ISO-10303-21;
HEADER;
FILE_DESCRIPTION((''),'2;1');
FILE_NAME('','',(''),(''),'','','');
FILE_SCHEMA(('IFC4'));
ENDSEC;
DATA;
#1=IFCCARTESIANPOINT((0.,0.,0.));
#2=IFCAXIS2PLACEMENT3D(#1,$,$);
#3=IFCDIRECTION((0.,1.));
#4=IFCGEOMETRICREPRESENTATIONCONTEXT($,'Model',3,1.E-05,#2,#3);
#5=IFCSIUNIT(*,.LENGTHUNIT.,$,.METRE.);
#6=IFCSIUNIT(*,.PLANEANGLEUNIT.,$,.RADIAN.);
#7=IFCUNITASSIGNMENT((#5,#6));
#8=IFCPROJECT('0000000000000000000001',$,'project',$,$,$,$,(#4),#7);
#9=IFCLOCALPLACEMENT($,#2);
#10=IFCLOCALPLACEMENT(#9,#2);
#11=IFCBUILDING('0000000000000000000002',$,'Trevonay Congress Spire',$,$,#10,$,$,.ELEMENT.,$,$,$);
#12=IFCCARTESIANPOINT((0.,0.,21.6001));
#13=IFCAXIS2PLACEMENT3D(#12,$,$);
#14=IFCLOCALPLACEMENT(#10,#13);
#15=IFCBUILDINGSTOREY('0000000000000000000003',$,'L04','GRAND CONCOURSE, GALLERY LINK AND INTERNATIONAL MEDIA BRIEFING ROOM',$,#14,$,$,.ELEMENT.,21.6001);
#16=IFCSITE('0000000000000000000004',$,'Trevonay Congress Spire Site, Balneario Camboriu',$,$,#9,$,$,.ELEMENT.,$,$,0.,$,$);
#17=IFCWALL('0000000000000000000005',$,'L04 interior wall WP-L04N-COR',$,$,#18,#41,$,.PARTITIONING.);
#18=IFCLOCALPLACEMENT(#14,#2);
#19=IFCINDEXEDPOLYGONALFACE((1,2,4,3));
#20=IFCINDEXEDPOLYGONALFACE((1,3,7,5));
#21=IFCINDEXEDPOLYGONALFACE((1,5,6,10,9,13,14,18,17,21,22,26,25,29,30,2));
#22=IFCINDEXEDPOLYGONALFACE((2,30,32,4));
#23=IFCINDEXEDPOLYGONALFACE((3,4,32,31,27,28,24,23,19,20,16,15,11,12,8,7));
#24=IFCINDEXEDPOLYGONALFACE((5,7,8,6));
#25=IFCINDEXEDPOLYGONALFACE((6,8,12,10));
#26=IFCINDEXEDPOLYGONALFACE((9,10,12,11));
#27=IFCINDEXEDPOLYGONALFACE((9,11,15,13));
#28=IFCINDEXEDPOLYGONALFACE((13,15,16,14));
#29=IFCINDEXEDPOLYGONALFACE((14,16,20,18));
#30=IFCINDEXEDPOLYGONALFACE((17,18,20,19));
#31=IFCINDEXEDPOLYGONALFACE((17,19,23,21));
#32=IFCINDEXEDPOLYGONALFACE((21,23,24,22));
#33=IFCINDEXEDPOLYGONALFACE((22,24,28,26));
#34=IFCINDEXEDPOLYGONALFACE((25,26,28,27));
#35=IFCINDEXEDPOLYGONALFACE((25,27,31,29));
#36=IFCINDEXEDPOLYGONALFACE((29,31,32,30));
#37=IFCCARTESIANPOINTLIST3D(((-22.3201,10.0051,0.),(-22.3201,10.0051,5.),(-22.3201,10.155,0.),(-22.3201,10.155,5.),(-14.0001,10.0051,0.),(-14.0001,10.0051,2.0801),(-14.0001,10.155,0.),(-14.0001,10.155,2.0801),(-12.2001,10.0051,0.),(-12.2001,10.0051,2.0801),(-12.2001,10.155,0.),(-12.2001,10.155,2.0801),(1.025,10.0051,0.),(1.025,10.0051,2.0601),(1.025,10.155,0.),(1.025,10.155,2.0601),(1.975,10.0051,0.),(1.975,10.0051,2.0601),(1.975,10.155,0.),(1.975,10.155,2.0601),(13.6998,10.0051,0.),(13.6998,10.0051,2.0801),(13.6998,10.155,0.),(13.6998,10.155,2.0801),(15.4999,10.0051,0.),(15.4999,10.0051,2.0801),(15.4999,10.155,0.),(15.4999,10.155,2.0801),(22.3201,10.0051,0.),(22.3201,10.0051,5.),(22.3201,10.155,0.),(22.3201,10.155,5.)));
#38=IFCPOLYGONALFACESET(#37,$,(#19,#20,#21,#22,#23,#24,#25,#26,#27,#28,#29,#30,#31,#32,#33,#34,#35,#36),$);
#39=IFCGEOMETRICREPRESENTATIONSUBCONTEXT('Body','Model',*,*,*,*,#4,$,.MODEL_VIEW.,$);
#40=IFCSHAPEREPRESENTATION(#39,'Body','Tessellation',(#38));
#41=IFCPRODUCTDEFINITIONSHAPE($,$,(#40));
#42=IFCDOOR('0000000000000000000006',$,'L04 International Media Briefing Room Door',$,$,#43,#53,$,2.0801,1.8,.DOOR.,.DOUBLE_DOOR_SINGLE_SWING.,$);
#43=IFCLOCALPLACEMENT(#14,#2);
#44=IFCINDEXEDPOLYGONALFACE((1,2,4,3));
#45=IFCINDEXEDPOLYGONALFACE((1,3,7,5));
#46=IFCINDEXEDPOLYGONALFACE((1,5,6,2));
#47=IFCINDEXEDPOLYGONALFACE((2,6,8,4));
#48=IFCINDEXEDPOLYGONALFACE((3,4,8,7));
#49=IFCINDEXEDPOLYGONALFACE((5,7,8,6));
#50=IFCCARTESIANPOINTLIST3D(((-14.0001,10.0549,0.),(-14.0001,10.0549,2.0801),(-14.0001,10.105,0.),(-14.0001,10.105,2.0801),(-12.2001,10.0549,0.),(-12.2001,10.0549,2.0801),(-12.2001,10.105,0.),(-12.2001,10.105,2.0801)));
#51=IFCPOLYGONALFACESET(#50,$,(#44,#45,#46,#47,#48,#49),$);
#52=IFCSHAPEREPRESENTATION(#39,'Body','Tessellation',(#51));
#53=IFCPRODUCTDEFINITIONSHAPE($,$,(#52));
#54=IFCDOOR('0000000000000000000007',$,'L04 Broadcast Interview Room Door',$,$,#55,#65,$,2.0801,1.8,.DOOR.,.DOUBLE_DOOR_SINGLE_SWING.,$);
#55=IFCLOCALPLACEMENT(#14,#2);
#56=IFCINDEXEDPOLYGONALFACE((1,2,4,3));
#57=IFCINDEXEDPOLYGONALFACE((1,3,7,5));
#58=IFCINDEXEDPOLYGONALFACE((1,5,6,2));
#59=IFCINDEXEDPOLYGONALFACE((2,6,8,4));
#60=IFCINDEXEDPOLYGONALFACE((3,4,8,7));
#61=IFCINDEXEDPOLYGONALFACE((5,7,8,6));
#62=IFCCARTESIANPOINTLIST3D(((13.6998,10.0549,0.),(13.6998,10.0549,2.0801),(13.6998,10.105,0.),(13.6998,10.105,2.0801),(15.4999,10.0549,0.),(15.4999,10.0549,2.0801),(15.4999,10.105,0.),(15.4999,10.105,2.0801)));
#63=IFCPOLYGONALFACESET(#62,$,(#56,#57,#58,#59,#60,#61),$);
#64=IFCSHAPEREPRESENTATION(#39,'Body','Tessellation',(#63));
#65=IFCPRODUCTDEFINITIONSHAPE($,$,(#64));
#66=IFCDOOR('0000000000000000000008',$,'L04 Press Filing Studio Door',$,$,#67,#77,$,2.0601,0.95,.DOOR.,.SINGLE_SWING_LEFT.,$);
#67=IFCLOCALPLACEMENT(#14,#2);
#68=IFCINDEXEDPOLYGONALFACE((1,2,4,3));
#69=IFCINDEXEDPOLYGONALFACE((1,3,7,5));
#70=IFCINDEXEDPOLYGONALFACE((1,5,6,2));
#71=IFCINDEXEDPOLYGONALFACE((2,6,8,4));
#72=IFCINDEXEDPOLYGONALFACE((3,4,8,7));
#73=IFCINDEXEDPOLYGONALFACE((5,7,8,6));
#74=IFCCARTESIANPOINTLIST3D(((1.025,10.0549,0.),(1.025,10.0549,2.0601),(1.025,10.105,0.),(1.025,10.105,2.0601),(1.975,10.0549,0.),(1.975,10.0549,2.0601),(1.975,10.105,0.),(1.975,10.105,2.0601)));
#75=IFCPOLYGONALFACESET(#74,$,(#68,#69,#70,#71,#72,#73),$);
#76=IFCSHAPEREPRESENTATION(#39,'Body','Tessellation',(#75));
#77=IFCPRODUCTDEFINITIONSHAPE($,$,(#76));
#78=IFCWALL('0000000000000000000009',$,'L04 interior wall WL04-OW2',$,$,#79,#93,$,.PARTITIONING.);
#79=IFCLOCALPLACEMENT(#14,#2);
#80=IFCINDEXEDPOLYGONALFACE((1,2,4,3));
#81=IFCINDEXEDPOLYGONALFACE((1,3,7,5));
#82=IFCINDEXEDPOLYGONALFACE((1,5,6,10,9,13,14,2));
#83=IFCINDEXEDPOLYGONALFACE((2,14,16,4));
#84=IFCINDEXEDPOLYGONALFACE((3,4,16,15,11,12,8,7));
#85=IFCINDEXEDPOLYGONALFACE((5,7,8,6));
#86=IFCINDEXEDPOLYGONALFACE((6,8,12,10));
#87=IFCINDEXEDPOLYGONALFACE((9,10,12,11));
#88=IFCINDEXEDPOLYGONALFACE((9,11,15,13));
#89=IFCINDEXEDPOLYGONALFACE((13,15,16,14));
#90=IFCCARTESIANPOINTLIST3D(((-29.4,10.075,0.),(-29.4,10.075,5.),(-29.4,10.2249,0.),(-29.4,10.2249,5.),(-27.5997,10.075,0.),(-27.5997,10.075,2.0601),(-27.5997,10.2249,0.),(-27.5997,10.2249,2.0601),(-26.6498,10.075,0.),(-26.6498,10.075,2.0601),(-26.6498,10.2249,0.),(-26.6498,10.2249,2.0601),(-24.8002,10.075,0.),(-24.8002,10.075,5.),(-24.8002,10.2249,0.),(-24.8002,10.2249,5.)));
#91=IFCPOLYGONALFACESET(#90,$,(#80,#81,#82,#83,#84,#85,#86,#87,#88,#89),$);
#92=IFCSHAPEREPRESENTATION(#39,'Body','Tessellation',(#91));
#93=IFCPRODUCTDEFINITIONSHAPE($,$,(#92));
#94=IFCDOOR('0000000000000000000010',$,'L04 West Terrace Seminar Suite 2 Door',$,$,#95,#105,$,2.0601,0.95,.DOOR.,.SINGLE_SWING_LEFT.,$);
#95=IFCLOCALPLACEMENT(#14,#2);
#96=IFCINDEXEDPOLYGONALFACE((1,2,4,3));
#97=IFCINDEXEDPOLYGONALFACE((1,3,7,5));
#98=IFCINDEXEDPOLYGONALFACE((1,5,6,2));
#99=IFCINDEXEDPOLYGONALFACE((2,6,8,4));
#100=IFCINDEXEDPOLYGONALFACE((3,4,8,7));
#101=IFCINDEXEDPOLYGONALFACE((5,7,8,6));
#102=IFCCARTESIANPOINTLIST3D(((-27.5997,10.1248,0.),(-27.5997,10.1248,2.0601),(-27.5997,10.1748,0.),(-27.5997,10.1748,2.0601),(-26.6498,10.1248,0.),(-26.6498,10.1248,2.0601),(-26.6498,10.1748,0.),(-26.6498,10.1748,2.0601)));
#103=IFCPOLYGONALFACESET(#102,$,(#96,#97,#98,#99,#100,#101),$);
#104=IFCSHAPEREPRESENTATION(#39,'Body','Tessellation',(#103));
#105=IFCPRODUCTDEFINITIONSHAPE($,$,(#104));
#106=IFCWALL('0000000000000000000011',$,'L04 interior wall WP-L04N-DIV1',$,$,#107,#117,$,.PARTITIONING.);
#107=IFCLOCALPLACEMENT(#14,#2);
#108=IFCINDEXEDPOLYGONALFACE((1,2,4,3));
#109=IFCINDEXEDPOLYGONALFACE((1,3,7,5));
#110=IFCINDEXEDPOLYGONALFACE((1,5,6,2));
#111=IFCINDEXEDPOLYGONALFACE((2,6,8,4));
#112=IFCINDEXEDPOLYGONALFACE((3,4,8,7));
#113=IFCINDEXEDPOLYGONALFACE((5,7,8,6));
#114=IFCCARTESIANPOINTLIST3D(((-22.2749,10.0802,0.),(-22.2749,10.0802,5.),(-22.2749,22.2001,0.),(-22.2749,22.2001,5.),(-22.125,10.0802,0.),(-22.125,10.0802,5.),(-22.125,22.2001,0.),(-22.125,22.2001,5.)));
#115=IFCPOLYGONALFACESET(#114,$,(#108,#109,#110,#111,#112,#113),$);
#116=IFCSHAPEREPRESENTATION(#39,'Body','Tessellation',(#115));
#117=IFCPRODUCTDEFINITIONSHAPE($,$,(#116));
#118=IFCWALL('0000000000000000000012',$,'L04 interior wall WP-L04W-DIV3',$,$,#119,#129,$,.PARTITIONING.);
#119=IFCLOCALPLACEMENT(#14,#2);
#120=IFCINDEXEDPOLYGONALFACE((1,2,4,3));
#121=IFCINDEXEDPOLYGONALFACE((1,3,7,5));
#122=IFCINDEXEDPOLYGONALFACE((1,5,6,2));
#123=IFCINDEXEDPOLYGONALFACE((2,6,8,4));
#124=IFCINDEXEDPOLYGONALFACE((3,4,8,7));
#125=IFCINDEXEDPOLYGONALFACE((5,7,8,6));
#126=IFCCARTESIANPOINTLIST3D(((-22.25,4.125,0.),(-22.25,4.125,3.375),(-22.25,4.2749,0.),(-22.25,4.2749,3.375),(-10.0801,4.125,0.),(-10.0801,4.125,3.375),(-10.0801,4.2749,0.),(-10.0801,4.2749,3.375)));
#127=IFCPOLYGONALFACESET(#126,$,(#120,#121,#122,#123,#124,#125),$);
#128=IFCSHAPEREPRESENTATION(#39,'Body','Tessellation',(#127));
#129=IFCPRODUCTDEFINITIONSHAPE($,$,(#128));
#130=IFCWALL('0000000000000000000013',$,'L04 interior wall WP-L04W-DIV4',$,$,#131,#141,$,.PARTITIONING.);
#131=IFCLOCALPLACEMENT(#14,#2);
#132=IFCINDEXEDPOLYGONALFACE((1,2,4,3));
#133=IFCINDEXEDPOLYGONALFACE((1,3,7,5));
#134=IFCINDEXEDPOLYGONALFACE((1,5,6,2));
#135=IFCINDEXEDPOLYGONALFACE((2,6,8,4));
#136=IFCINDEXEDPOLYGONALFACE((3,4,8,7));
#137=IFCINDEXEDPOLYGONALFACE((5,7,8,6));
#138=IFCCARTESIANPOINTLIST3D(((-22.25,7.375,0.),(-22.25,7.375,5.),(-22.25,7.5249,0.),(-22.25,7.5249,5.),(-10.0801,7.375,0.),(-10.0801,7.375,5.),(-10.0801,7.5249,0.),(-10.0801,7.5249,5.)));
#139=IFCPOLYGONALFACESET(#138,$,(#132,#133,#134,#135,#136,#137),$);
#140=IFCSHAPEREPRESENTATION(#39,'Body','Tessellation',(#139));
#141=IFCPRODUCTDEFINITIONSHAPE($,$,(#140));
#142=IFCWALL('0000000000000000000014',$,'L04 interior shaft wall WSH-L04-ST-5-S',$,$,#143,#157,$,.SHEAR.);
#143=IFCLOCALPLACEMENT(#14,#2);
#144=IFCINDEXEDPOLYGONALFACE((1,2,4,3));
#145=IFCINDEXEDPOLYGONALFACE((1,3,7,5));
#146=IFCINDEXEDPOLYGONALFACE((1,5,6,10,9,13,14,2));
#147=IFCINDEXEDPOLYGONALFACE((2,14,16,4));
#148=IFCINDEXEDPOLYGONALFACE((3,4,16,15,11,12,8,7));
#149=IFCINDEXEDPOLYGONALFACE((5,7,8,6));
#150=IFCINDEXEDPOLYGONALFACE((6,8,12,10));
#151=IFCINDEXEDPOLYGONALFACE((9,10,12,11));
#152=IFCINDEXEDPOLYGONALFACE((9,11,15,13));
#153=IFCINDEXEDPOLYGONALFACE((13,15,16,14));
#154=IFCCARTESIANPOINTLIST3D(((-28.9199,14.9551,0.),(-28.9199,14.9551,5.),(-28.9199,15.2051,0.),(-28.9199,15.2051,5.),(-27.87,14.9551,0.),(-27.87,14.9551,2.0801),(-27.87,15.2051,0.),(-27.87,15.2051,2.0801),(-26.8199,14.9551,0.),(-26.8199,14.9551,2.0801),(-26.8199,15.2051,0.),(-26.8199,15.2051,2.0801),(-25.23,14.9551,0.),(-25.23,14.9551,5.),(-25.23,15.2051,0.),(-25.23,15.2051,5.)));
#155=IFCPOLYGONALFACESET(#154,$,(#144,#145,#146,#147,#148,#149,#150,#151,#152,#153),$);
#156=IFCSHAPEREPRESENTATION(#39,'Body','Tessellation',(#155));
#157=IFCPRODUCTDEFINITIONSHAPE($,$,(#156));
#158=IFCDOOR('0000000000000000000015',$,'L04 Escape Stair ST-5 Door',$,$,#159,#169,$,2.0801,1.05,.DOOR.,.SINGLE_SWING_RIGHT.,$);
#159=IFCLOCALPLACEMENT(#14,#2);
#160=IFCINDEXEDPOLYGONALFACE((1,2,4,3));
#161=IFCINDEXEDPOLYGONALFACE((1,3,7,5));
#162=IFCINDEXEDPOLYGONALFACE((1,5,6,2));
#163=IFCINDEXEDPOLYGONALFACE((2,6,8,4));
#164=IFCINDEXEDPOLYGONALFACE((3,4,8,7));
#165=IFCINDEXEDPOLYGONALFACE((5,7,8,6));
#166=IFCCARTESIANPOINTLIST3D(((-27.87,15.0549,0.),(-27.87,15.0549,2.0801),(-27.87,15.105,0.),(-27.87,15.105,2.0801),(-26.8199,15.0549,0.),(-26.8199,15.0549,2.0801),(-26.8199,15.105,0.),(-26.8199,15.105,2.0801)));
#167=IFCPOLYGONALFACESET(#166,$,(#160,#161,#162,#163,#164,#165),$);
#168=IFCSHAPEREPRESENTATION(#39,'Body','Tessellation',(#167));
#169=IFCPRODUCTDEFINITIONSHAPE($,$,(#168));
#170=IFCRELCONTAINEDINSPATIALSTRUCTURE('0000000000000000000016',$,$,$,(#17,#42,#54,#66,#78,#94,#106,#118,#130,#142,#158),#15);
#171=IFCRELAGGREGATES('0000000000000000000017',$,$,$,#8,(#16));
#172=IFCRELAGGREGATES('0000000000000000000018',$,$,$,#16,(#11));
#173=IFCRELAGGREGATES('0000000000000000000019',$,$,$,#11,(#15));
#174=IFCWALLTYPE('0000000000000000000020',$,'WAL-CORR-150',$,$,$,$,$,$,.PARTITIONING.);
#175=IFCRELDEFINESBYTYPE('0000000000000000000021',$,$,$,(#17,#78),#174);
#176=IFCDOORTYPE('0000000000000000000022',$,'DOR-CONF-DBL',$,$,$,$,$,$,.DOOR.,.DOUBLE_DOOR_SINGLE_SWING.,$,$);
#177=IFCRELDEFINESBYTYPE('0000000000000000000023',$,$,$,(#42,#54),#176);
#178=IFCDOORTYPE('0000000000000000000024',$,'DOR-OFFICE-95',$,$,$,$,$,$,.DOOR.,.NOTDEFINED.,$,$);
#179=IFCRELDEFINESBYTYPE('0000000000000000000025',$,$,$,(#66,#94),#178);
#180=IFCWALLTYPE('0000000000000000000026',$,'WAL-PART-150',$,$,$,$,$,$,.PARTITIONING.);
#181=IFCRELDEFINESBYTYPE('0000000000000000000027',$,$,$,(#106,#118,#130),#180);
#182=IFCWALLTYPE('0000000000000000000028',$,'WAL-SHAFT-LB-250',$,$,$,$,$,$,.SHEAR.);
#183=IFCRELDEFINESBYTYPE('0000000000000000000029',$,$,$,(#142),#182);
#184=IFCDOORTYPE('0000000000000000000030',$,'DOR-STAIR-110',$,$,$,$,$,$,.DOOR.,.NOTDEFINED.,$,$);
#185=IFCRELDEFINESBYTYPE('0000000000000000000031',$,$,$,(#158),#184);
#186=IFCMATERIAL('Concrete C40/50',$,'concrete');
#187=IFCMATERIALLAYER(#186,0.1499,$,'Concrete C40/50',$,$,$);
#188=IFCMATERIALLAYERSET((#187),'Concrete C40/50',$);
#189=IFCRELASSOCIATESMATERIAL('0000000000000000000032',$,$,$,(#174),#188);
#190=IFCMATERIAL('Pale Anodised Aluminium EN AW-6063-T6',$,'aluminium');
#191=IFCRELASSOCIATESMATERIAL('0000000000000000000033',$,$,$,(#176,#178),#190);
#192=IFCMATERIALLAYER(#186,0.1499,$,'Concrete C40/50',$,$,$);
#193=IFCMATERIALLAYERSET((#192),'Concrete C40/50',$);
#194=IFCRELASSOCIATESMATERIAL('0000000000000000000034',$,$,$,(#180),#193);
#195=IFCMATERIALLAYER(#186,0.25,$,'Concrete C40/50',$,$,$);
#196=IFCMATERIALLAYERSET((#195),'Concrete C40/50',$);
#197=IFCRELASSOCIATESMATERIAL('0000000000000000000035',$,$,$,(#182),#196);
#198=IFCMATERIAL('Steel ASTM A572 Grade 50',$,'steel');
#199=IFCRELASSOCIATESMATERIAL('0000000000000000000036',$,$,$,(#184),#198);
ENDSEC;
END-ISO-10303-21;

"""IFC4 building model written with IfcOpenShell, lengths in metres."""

from ifc_helpers import new_model, si_unit, direction, frame, frame_2d, origin, place, context, subcontext, project, spatial, rectangle, extrude, material, layer, layer_set, type_object, element, fill, save


model = new_model("IFC4")

# Units and contexts
model_context = context("Model", 3, precision=1e-05, world=origin(), true_north=direction((0.0, 1.0)))
body_context = subcontext(model_context, "Body", "Model", "MODEL_VIEW")
ifc_project = project(units=[si_unit("LENGTHUNIT", "METRE"), si_unit("PLANEANGLEUNIT", "RADIAN")], contexts=[model_context])

# Site, building, storey
site_placement = place(None, origin())
site = spatial("IfcSite", under=ifc_project, at=site_placement, Name="Trevonay Congress Spire Site, Balneario Camboriu", CompositionType="ELEMENT", RefElevation=0.0)
building_placement = place(site_placement, origin())
building = spatial("IfcBuilding", under=site, at=building_placement, Name="Trevonay Congress Spire", CompositionType="ELEMENT")
storey_placement = place(building_placement, frame((0.0, 0.0, 21.6001)))
storey = spatial("IfcBuildingStorey", under=building, at=storey_placement, Name="L04", Description="GRAND CONCOURSE, GALLERY LINK AND INTERNATIONAL MEDIA BRIEFING ROOM", CompositionType="ELEMENT", Elevation=21.6001)

# Shared definitions
ifc_material_1 = material(Name="Steel ASTM A572 Grade 50", Category="steel")

# Shared definitions
ifc_material_2 = material(Name="Pale Anodised Aluminium EN AW-6063-T6", Category="aluminium")

# Wall, openings, doors
ifc_material_3 = material(Name="Concrete C40/50", Category="concrete")
ifc_layer_1 = layer(ifc_material_3, 0.1499, Name="Concrete C40/50")
ifc_layer_set_1 = layer_set([ifc_layer_1], Name="Concrete C40/50")
wall_type_1 = type_object("IfcWallType", Name="WAL-CORR-150", PredefinedType="PARTITIONING", material=ifc_layer_set_1)
wall_1_placement = place(storey_placement, frame((-22.3201, 10.0801, 0.0), z_axis=(0.0, 0.0, 1.0), x_axis=(1.0, 0.0, 0.0)))
wall_1 = element("IfcWall", 1, at=wall_1_placement, inside=storey, type_object=wall_type_1, Name="L04 interior wall WP-L04N-COR", PredefinedType="PARTITIONING", context=body_context, shape_type="SweptSolid", body=[
    extrude(rectangle(XDim=44.6401, YDim=0.1499, at=frame_2d((22.3201, 0.0))), origin(), (0.0, 0.0, 1.0), 5.0),
])
opening_1_placement = place(wall_1_placement, frame((8.3201, 0.0, 0.0)))
opening_1 = element("IfcOpeningElement", 2, at=opening_1_placement, cuts=wall_1, PredefinedType="OPENING", context=body_context, shape_type="SweptSolid", body=[
    extrude(rectangle(XDim=1.8, YDim=2.0801, at=frame_2d((0.8999, 1.04))), frame((0.0, 0.085, 0.0), z_axis=(0.0, -1.0, 0.0), x_axis=(1.0, 0.0, 0.0)), (0.0, 0.0, 1.0), 0.1699),
])
opening_2_placement = place(wall_1_placement, frame((23.345, 0.0, 0.0)))
opening_2 = element("IfcOpeningElement", 3, at=opening_2_placement, cuts=wall_1, PredefinedType="OPENING", context=body_context, shape_type="SweptSolid", body=[
    extrude(rectangle(XDim=0.95, YDim=2.0601, at=frame_2d((0.4751, 1.03))), frame((0.0, 0.085, 0.0), z_axis=(0.0, -1.0, 0.0), x_axis=(1.0, 0.0, 0.0)), (0.0, 0.0, 1.0), 0.1699),
])
opening_3_placement = place(wall_1_placement, frame((36.02, 0.0, 0.0)))
opening_3 = element("IfcOpeningElement", 4, at=opening_3_placement, cuts=wall_1, PredefinedType="OPENING", context=body_context, shape_type="SweptSolid", body=[
    extrude(rectangle(XDim=1.8, YDim=2.0801, at=frame_2d((0.8999, 1.04))), frame((0.0, 0.085, 0.0), z_axis=(0.0, -1.0, 0.0), x_axis=(1.0, 0.0, 0.0)), (0.0, 0.0, 1.0), 0.1699),
])
door_type_1 = type_object("IfcDoorType", Name="DOR-CONF-DBL", OperationType="DOUBLE_DOOR_SINGLE_SWING", PredefinedType="DOOR", material=ifc_material_2)
door_1_placement = place(opening_1_placement, origin())
door_1 = element("IfcDoor", 5, at=door_1_placement, inside=storey, type_object=door_type_1, Name="L04 International Media Briefing Room Door", OperationType="DOUBLE_DOOR_SINGLE_SWING", OverallHeight=2.0801, OverallWidth=1.8, PredefinedType="DOOR", context=body_context, shape_type="SweptSolid", body=[
    extrude(rectangle(XDim=1.8, YDim=2.0801, at=frame_2d((0.8999, 1.04))), frame((0.0, 0.0249, 0.0), z_axis=(0.0, -1.0, 0.0), x_axis=(1.0, 0.0, 0.0)), (0.0, 0.0, 1.0), 0.05),
])
fill(opening_1, door_1)
door_2_placement = place(opening_3_placement, origin())
door_2 = element("IfcDoor", 6, at=door_2_placement, inside=storey, type_object=door_type_1, Name="L04 Broadcast Interview Room Door", OperationType="DOUBLE_DOOR_SINGLE_SWING", OverallHeight=2.0801, OverallWidth=1.8, PredefinedType="DOOR", context=body_context, shape_type="SweptSolid", body=[
    extrude(rectangle(XDim=1.8, YDim=2.0801, at=frame_2d((0.8999, 1.04))), frame((0.0, 0.0249, 0.0), z_axis=(0.0, -1.0, 0.0), x_axis=(1.0, 0.0, 0.0)), (0.0, 0.0, 1.0), 0.05),
])
fill(opening_3, door_2)
door_type_2 = type_object("IfcDoorType", Name="DOR-OFFICE-95", OperationType="NOTDEFINED", PredefinedType="DOOR", material=ifc_material_2)
door_3_placement = place(opening_2_placement, origin())
door_3 = element("IfcDoor", 7, at=door_3_placement, inside=storey, type_object=door_type_2, Name="L04 Press Filing Studio Door", OperationType="SINGLE_SWING_LEFT", OverallHeight=2.0601, OverallWidth=0.95, PredefinedType="DOOR", context=body_context, shape_type="SweptSolid", body=[
    extrude(rectangle(XDim=0.95, YDim=2.0601, at=frame_2d((0.4751, 1.03))), frame((0.0, 0.0249, 0.0), z_axis=(0.0, -1.0, 0.0), x_axis=(1.0, 0.0, 0.0)), (0.0, 0.0, 1.0), 0.05),
])
fill(opening_2, door_3)

# Wall, opening, door
wall_2_placement = place(storey_placement, frame((-29.3999, 10.1499, 0.0), z_axis=(0.0, 0.0, 1.0), x_axis=(1.0, 0.0, 0.0)))
wall_2 = element("IfcWall", 8, at=wall_2_placement, inside=storey, type_object=wall_type_1, Name="L04 interior wall WL04-OW2", PredefinedType="PARTITIONING", context=body_context, shape_type="SweptSolid", body=[
    extrude(rectangle(XDim=4.5999, YDim=0.1499, at=frame_2d((2.2998, 0.0))), origin(), (0.0, 0.0, 1.0), 5.0),
])
opening_4_placement = place(wall_2_placement, frame((1.8, 0.0, 0.0)))
opening_4 = element("IfcOpeningElement", 9, at=opening_4_placement, cuts=wall_2, PredefinedType="OPENING", context=body_context, shape_type="SweptSolid", body=[
    extrude(rectangle(XDim=0.95, YDim=2.0601, at=frame_2d((0.4751, 1.03))), frame((0.0, 0.085, 0.0), z_axis=(0.0, -1.0, 0.0), x_axis=(1.0, 0.0, 0.0)), (0.0, 0.0, 1.0), 0.1699),
])
door_4_placement = place(opening_4_placement, origin())
door_4 = element("IfcDoor", 10, at=door_4_placement, inside=storey, type_object=door_type_2, Name="L04 West Terrace Seminar Suite 2 Door", OperationType="SINGLE_SWING_LEFT", OverallHeight=2.0601, OverallWidth=0.95, PredefinedType="DOOR", context=body_context, shape_type="SweptSolid", body=[
    extrude(rectangle(XDim=0.95, YDim=2.0601, at=frame_2d((0.4751, 1.03))), frame((0.0, 0.0249, 0.0), z_axis=(0.0, -1.0, 0.0), x_axis=(1.0, 0.0, 0.0)), (0.0, 0.0, 1.0), 0.05),
])
fill(opening_4, door_4)

# Walls
ifc_layer_2 = layer(ifc_material_3, 0.1499, Name="Concrete C40/50")
ifc_layer_set_2 = layer_set([ifc_layer_2], Name="Concrete C40/50")
wall_type_2 = type_object("IfcWallType", Name="WAL-PART-150", PredefinedType="PARTITIONING", material=ifc_layer_set_2)
wall_3_placement = place(storey_placement, frame((-22.2, 10.0801, 0.0), z_axis=(0.0, 0.0, 1.0), x_axis=(0.0, 1.0, 0.0)))
element("IfcWall", 11, at=wall_3_placement, inside=storey, type_object=wall_type_2, Name="L04 interior wall WP-L04N-DIV1", PredefinedType="PARTITIONING", context=body_context, shape_type="SweptSolid", body=[
    extrude(rectangle(XDim=12.1199, YDim=0.1499, at=frame_2d((6.0601, 0.0))), origin(), (0.0, 0.0, 1.0), 5.0),
])
wall_4_placement = place(storey_placement, frame((-22.25, 4.2, 0.0), z_axis=(0.0, 0.0, 1.0), x_axis=(1.0, 0.0, 0.0)))
element("IfcWall", 12, at=wall_4_placement, inside=storey, type_object=wall_type_2, Name="L04 interior wall WP-L04W-DIV3", PredefinedType="PARTITIONING", context=body_context, shape_type="SweptSolid", body=[
    extrude(rectangle(XDim=12.1699, YDim=0.1499, at=frame_2d((6.085, 0.0))), origin(), (0.0, 0.0, 1.0), 3.375),
])
wall_5_placement = place(storey_placement, frame((-22.25, 7.45, 0.0), z_axis=(0.0, 0.0, 1.0), x_axis=(1.0, 0.0, 0.0)))
element("IfcWall", 13, at=wall_5_placement, inside=storey, type_object=wall_type_2, Name="L04 interior wall WP-L04W-DIV4", PredefinedType="PARTITIONING", context=body_context, shape_type="SweptSolid", body=[
    extrude(rectangle(XDim=12.1699, YDim=0.1499, at=frame_2d((6.085, 0.0))), origin(), (0.0, 0.0, 1.0), 5.0),
])

# Wall, opening, door
ifc_layer_3 = layer(ifc_material_3, 0.25, Name="Concrete C40/50")
ifc_layer_set_3 = layer_set([ifc_layer_3], Name="Concrete C40/50")
wall_type_3 = type_object("IfcWallType", Name="WAL-SHAFT-LB-250", PredefinedType="SHEAR", material=ifc_layer_set_3)
wall_6_placement = place(storey_placement, frame((-28.9199, 15.0801, 0.0), z_axis=(0.0, 0.0, 1.0), x_axis=(1.0, 0.0, 0.0)))
wall_6 = element("IfcWall", 14, at=wall_6_placement, inside=storey, type_object=wall_type_3, Name="L04 interior shaft wall WSH-L04-ST-5-S", PredefinedType="SHEAR", context=body_context, shape_type="SweptSolid", body=[
    extrude(rectangle(XDim=3.6899, YDim=0.25, at=frame_2d((1.845, 0.0))), origin(), (0.0, 0.0, 1.0), 5.0),
])
opening_5_placement = place(wall_6_placement, frame((1.05, 0.0, 0.0)))
opening_5 = element("IfcOpeningElement", 15, at=opening_5_placement, cuts=wall_6, PredefinedType="OPENING", context=body_context, shape_type="SweptSolid", body=[
    extrude(rectangle(XDim=1.05, YDim=2.0801, at=frame_2d((0.5249, 1.04))), frame((0.0, 0.135, 0.0), z_axis=(0.0, -1.0, 0.0), x_axis=(1.0, 0.0, 0.0)), (0.0, 0.0, 1.0), 0.27),
])
door_type_3 = type_object("IfcDoorType", Name="DOR-STAIR-110", OperationType="NOTDEFINED", PredefinedType="DOOR", material=ifc_material_1)
door_5_placement = place(opening_5_placement, origin())
door_5 = element("IfcDoor", 16, at=door_5_placement, inside=storey, type_object=door_type_3, Name="L04 Escape Stair ST-5 Door", OperationType="SINGLE_SWING_RIGHT", OverallHeight=2.0801, OverallWidth=1.05, PredefinedType="DOOR", context=body_context, shape_type="SweptSolid", body=[
    extrude(rectangle(XDim=1.05, YDim=2.0801, at=frame_2d((0.5249, 1.04))), frame((0.0, 0.0249, 0.0), z_axis=(0.0, -1.0, 0.0), x_axis=(1.0, 0.0, 0.0)), (0.0, 0.0, 1.0), 0.05),
])
fill(opening_5, door_5)

save(model, "model.ifc")
